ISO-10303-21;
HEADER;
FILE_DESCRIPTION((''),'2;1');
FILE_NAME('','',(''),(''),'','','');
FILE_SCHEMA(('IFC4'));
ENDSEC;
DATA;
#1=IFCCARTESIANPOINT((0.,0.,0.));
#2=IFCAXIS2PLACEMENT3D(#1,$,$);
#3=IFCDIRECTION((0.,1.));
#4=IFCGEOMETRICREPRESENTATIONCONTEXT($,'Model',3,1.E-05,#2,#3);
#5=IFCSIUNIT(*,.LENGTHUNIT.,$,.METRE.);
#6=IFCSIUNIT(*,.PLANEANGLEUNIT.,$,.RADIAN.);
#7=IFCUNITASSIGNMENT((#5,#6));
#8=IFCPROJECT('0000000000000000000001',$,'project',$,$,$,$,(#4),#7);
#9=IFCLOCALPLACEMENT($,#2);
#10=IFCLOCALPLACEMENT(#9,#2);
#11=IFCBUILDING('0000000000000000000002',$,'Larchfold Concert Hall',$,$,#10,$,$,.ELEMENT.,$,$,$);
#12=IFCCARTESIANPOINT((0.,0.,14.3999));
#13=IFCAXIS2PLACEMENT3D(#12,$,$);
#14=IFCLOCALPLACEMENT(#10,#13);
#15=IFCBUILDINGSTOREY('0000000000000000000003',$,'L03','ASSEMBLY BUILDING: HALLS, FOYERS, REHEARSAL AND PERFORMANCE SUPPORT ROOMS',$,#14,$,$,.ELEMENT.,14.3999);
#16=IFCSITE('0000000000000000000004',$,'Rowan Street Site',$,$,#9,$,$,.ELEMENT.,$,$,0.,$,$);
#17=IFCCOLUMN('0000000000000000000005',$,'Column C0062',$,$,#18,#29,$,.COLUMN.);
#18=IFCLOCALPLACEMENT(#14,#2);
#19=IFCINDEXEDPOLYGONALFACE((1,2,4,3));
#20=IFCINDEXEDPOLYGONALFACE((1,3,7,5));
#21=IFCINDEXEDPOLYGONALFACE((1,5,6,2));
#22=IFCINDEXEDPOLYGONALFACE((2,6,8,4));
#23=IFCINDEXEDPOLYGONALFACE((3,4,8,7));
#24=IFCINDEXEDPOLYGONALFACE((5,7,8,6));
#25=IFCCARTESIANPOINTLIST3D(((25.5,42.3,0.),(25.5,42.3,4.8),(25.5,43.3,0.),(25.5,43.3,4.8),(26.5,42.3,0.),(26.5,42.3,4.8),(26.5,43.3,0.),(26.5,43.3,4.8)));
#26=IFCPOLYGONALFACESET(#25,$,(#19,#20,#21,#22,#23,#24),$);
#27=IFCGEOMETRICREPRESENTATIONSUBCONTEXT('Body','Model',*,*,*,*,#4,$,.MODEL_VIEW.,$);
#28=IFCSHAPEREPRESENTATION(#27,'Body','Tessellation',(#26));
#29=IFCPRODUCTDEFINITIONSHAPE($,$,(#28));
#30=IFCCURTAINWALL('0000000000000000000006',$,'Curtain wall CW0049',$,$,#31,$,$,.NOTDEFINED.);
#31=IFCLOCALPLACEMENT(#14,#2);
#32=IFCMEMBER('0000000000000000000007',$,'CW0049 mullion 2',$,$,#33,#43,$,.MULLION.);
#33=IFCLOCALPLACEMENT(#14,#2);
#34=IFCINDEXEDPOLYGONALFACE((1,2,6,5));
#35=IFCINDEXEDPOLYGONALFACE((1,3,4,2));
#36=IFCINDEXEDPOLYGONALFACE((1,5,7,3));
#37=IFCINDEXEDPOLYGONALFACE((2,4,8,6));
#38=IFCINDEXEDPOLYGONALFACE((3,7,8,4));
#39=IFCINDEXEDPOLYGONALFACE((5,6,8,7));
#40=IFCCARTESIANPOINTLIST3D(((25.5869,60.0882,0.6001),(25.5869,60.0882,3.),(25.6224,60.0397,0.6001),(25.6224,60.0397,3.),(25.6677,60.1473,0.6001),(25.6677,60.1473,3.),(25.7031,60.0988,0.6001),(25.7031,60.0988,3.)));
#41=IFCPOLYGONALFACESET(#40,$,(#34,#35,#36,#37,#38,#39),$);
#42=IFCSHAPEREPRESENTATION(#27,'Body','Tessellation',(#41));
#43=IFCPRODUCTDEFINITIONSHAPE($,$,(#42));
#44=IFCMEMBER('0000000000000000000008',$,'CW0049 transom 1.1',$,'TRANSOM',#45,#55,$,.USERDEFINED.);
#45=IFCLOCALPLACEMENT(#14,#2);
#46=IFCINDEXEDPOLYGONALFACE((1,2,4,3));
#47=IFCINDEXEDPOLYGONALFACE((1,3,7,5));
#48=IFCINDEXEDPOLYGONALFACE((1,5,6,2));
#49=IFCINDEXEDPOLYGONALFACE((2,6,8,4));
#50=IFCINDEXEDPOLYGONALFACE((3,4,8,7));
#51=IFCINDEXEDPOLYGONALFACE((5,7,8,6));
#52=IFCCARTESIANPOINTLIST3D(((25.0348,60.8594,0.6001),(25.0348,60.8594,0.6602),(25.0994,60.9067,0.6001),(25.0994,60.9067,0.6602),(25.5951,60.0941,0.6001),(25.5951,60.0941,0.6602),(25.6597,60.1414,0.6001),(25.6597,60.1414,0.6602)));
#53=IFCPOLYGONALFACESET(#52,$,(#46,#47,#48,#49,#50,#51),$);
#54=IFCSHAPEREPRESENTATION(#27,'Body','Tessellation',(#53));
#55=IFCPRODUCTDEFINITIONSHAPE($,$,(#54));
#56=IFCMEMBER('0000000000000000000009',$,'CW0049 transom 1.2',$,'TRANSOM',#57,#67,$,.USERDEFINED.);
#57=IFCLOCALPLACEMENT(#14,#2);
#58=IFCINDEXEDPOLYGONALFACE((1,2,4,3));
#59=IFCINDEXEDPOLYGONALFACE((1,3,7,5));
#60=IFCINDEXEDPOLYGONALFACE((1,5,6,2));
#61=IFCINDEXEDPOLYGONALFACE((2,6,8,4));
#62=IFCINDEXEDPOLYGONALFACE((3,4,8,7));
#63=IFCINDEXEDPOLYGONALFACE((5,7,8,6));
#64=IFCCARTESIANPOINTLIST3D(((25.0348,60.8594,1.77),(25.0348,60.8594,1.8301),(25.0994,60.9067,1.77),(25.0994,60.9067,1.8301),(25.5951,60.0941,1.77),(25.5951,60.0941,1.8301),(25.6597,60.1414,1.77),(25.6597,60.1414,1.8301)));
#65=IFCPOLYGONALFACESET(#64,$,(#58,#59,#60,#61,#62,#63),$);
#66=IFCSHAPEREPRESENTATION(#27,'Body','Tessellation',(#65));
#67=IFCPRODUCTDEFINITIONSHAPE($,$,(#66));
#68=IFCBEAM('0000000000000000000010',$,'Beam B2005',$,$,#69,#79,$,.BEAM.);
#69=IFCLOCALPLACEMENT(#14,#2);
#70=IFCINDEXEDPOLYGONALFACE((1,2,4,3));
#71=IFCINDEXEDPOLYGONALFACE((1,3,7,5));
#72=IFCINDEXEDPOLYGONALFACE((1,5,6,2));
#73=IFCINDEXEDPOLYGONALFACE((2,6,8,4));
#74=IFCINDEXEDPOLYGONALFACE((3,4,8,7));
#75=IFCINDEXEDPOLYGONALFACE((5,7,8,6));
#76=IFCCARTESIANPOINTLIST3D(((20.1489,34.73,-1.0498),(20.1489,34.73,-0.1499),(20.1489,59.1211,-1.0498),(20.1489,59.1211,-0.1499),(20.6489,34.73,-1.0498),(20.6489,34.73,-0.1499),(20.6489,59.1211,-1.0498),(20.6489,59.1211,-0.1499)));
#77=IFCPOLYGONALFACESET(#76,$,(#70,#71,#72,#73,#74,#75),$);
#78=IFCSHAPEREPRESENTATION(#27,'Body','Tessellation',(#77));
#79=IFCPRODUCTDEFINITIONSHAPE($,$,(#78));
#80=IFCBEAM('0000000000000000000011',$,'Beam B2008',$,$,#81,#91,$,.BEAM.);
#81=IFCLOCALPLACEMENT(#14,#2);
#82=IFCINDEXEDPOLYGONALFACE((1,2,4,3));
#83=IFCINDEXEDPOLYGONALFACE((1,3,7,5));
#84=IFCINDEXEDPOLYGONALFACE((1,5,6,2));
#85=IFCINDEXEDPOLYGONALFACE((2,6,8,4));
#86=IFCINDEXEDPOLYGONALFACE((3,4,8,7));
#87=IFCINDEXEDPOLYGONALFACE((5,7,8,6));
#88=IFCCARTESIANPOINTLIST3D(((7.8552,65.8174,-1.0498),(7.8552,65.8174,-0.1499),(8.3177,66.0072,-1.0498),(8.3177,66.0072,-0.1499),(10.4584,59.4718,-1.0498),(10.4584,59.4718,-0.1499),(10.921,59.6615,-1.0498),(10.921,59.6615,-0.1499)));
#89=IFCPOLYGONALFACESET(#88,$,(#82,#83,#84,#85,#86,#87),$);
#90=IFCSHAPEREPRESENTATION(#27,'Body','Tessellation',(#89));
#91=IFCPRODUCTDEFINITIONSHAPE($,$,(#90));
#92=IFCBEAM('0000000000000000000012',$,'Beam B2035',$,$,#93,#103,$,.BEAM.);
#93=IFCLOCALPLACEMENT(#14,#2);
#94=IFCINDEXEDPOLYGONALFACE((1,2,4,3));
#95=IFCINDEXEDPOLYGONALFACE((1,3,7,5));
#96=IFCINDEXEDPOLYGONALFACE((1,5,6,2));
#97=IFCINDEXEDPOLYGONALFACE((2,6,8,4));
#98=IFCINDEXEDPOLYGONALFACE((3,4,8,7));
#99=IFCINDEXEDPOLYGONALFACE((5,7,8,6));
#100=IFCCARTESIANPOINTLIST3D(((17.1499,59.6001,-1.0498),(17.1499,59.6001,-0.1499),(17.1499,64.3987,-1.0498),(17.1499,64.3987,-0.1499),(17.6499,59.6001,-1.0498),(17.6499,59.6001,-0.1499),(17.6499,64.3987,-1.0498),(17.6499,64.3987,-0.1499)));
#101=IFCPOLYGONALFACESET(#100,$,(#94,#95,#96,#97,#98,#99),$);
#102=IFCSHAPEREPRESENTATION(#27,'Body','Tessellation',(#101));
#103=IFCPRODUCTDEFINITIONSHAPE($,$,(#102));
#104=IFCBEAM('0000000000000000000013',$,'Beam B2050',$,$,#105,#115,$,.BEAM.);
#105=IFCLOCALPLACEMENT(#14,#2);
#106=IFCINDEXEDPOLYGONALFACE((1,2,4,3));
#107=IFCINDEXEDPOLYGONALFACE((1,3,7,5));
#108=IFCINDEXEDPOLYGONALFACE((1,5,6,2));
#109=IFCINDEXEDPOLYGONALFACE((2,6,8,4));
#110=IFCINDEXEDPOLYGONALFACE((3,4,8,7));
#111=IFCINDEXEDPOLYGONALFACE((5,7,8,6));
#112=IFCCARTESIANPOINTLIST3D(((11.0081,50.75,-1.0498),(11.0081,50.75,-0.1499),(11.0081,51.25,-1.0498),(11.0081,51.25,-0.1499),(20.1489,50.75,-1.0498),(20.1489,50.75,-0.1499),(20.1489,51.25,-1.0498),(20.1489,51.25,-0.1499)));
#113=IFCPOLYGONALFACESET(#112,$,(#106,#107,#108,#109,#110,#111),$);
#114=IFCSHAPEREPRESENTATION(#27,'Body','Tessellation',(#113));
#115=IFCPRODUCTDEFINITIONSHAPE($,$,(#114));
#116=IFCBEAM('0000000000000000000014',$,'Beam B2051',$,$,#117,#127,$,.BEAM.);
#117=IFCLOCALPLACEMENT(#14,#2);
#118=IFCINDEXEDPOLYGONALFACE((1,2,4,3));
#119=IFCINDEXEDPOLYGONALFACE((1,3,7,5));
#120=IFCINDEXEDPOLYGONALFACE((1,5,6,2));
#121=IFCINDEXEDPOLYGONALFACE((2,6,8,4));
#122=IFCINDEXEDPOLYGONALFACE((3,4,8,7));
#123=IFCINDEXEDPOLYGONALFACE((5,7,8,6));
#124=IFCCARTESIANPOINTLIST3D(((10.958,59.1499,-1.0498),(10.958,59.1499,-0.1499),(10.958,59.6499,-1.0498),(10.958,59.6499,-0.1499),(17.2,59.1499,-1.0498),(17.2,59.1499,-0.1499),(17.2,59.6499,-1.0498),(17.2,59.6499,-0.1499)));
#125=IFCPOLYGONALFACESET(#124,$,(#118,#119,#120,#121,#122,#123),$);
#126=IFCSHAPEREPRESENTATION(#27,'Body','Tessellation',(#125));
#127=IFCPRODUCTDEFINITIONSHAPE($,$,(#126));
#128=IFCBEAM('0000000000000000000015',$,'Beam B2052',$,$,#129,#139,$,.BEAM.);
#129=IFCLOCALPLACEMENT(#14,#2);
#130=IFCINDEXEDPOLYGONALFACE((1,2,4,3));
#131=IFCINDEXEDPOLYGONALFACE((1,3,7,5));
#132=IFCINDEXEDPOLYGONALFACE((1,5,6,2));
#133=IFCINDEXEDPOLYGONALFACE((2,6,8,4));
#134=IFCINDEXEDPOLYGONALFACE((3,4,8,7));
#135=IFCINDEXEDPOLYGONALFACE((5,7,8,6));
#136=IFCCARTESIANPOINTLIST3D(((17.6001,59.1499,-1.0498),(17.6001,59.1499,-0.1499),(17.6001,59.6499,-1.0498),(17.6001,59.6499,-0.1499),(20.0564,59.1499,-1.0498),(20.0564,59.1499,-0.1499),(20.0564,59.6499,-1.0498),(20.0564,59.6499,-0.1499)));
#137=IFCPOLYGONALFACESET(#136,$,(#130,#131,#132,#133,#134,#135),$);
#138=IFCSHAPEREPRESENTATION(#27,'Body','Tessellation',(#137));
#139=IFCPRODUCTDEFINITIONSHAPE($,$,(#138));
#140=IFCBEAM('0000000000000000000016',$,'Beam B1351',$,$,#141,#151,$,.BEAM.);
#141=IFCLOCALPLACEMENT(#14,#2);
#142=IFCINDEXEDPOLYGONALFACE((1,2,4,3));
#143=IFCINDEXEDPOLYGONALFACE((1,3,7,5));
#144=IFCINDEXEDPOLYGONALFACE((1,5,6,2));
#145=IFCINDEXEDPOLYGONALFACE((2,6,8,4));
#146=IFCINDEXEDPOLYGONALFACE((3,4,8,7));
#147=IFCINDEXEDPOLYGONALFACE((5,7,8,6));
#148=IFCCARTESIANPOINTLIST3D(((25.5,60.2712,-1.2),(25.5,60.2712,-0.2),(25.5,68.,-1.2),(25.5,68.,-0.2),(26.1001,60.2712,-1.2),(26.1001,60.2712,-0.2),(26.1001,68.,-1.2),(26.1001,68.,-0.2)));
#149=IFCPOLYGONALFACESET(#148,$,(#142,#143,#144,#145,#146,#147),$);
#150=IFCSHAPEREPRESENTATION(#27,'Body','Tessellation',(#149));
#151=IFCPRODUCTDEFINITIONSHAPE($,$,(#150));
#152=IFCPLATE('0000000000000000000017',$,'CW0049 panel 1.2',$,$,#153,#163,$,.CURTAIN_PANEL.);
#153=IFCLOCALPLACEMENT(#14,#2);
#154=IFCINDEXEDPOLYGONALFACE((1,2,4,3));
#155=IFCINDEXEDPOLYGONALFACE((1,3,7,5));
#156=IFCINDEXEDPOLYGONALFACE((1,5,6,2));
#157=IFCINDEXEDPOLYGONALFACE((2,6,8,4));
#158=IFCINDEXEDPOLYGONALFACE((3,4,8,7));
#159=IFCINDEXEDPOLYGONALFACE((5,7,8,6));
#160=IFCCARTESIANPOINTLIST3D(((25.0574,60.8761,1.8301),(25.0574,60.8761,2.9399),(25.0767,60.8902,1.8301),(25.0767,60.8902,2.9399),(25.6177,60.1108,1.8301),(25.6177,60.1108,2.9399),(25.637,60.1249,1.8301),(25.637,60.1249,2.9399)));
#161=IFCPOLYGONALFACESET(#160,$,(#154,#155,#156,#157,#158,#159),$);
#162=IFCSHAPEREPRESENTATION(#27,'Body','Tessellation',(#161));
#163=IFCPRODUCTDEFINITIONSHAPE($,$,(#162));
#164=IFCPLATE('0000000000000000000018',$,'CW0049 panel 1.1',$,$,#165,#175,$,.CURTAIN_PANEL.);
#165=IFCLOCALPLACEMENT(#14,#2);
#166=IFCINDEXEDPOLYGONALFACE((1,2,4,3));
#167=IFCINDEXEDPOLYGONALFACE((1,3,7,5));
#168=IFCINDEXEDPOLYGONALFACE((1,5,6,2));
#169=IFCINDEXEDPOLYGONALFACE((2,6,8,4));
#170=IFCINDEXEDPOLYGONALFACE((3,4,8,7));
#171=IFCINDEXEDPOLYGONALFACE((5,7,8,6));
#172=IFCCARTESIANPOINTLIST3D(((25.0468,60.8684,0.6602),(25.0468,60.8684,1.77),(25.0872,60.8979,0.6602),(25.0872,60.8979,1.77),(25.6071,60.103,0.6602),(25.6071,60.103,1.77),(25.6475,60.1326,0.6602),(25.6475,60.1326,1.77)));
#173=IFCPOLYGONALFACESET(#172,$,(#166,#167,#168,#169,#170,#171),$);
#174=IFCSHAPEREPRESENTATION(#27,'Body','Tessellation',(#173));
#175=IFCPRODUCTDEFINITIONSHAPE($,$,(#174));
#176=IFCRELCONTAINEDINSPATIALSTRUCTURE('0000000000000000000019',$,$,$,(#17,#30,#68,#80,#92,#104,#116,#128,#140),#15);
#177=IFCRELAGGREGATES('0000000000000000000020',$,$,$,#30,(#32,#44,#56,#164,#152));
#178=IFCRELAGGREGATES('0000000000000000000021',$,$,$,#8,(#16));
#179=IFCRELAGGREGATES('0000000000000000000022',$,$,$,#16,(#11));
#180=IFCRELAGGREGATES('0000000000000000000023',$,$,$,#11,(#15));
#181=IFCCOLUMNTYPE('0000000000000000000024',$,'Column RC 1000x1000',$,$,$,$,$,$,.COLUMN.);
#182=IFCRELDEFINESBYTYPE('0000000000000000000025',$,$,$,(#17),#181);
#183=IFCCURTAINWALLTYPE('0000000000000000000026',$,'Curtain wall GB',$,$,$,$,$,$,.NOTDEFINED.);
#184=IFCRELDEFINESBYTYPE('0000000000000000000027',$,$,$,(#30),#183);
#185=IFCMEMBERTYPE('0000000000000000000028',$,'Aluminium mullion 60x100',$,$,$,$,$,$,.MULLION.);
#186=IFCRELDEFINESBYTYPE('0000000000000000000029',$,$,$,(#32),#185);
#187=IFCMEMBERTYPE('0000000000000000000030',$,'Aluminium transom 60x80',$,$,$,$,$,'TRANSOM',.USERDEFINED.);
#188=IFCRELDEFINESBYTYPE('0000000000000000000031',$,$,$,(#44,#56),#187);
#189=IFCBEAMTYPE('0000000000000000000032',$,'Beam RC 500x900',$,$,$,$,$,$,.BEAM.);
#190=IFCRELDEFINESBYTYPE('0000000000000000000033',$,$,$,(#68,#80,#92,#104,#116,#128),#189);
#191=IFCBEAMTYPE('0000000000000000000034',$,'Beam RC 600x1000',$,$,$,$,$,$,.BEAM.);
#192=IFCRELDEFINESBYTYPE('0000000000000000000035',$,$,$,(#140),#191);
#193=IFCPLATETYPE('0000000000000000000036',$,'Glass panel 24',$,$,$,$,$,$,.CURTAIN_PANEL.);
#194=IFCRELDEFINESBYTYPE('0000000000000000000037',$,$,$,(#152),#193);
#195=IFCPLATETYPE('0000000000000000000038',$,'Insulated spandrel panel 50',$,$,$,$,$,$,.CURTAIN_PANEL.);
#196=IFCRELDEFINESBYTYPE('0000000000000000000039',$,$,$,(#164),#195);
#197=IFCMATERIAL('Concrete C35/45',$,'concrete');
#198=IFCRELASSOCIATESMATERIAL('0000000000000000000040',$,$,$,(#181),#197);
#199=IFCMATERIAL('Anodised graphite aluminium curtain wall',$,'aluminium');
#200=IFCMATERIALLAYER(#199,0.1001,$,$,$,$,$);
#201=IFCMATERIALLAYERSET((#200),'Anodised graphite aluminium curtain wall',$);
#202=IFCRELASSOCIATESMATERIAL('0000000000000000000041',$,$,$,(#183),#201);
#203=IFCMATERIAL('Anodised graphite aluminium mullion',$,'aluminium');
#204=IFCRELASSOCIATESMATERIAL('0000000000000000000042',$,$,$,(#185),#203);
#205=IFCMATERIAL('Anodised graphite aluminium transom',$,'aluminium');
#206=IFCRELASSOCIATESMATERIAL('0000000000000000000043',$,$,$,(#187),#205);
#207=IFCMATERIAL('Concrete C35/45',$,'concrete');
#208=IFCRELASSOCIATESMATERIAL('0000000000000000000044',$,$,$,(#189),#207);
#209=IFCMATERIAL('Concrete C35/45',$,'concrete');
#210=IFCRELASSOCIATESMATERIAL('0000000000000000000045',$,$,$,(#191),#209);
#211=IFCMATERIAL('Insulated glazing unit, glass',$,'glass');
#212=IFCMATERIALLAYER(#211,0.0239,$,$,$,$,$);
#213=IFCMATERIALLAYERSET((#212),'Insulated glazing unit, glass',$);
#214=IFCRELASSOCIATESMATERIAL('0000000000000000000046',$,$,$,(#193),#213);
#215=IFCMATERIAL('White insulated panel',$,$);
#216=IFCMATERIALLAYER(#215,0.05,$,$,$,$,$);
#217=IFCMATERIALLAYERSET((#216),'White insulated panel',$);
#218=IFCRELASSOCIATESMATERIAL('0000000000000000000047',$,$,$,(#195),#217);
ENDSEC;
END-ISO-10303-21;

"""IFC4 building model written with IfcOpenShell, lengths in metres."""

from ifc_helpers import new_model, si_unit, direction, frame, origin, origin_2d, place, context, subcontext, project, spatial, rectangle, extrude, material, layer, layer_set, material_profile, profile_set, type_object, element, aggregate, save


model = new_model("IFC4")

# Units and contexts
model_context = context("Model", 3, precision=1e-05, world=origin(), true_north=direction((0.0, 1.0)))
body_context = subcontext(model_context, "Body", "Model", "MODEL_VIEW")
ifc_project = project(units=[si_unit("LENGTHUNIT", "METRE"), si_unit("PLANEANGLEUNIT", "RADIAN")], contexts=[model_context])

# Site, building, storey
site_placement = place(None, origin())
site = spatial("IfcSite", under=ifc_project, at=site_placement, Name="Rowan Street Site", CompositionType="ELEMENT", RefElevation=0.0)
building_placement = place(site_placement, origin())
building = spatial("IfcBuilding", under=site, at=building_placement, Name="Larchfold Concert Hall", CompositionType="ELEMENT")
storey_placement = place(building_placement, frame((0.0, 0.0, 14.3999)))
storey = spatial("IfcBuildingStorey", under=building, at=storey_placement, Name="L03", Description="ASSEMBLY BUILDING: HALLS, FOYERS, REHEARSAL AND PERFORMANCE SUPPORT ROOMS", CompositionType="ELEMENT", Elevation=14.3999)

# Column
ifc_material_1 = material(Name="Concrete C35/45", Category="concrete")
ifc_material_profile_1 = material_profile(ifc_material_1, rectangle(XDim=1.0, YDim=1.0, at=origin_2d()))
ifc_profile_set_1 = profile_set([ifc_material_profile_1], Name="Concrete C35/45")
column_type = type_object("IfcColumnType", Name="Column RC 1000x1000", PredefinedType="COLUMN", material=ifc_profile_set_1)
column_placement = place(storey_placement, frame((26.0, 42.8, 0.0), z_axis=(0.0, 0.0, 1.0), x_axis=(1.0, 0.0, 0.0)))
element("IfcColumn", 1, at=column_placement, inside=storey, type_object=column_type, Name="Column C0062", PredefinedType="COLUMN", context=body_context, shape_type="SweptSolid", body=[
    extrude(rectangle(XDim=1.0, YDim=1.0, at=origin_2d()), origin(), (0.0, 0.0, 1.0), 4.8),
])

# Curtain wall, members
ifc_material_2 = material(Name="Anodised graphite aluminium curtain wall", Category="aluminium")
ifc_layer_1 = layer(ifc_material_2, 0.1001)
ifc_layer_set_1 = layer_set([ifc_layer_1], Name="Anodised graphite aluminium curtain wall")
curtain_wall_type = type_object("IfcCurtainWallType", Name="Curtain wall GB", PredefinedType="NOTDEFINED", material=ifc_layer_set_1)
curtain_wall_placement = place(storey_placement, origin())
curtain_wall = element("IfcCurtainWall", 2, at=curtain_wall_placement, inside=storey, type_object=curtain_wall_type, Name="Curtain wall CW0049", PredefinedType="NOTDEFINED")
ifc_material_3 = material(Name="Anodised graphite aluminium mullion", Category="aluminium")
ifc_material_profile_2 = material_profile(ifc_material_3, rectangle(XDim=0.1001, YDim=0.0601, at=origin_2d()))
ifc_profile_set_2 = profile_set([ifc_material_profile_2], Name="Anodised graphite aluminium mullion")
member_type_1 = type_object("IfcMemberType", Name="Aluminium mullion 60x100", PredefinedType="MULLION", material=ifc_profile_set_2)
member_1_placement = place(storey_placement, frame((25.645, 60.0935, 0.6001), z_axis=(0.0, 0.0, 1.0), x_axis=(0.806884, 0.59071, 0.0)))
member_1 = element("IfcMember", 3, at=member_1_placement, type_object=member_type_1, Name="CW0049 mullion 2", PredefinedType="MULLION", context=body_context, shape_type="SweptSolid", body=[
    extrude(rectangle(XDim=0.1001, YDim=0.0601, at=origin_2d()), origin(), (0.0, 0.0, 1.0), 2.3999),
])
ifc_material_4 = material(Name="Anodised graphite aluminium transom", Category="aluminium")
ifc_material_profile_3 = material_profile(ifc_material_4, rectangle(XDim=0.0801, YDim=0.0601, at=origin_2d()))
ifc_profile_set_3 = profile_set([ifc_material_profile_3], Name="Anodised graphite aluminium transom")
member_type_2 = type_object("IfcMemberType", Name="Aluminium transom 60x80", ElementType="TRANSOM", PredefinedType="USERDEFINED", material=ifc_profile_set_3)
member_2_placement = place(storey_placement, frame((25.0671, 60.8831, 0.6301), z_axis=(0.590694, -0.806896, 0.0), x_axis=(0.806896, 0.590694, 0.0)))
member_2 = element("IfcMember", 4, at=member_2_placement, type_object=member_type_2, Name="CW0049 transom 1.1", ObjectType="TRANSOM", PredefinedType="USERDEFINED", context=body_context, shape_type="SweptSolid", body=[
    extrude(rectangle(XDim=0.0801, YDim=0.0601, at=origin_2d()), origin(), (0.0, 0.0, 1.0), 0.9485),
])
member_3_placement = place(storey_placement, frame((25.0671, 60.8831, 1.8), z_axis=(0.590694, -0.806896, 0.0), x_axis=(0.806896, 0.590694, 0.0)))
member_3 = element("IfcMember", 5, at=member_3_placement, type_object=member_type_2, Name="CW0049 transom 1.2", ObjectType="TRANSOM", PredefinedType="USERDEFINED", context=body_context, shape_type="SweptSolid", body=[
    extrude(rectangle(XDim=0.0801, YDim=0.0601, at=origin_2d()), origin(), (0.0, 0.0, 1.0), 0.9485),
])

# Beams
ifc_material_5 = material(Name="Concrete C35/45", Category="concrete")
ifc_material_profile_4 = material_profile(ifc_material_5, rectangle(XDim=0.5, YDim=0.8999, at=origin_2d()))
ifc_profile_set_4 = profile_set([ifc_material_profile_4], Name="Concrete C35/45")
beam_type_1 = type_object("IfcBeamType", Name="Beam RC 500x900", PredefinedType="BEAM", material=ifc_profile_set_4)
beam_1_placement = place(storey_placement, frame((20.3989, 59.1211, -0.5999), z_axis=(0.0, -1.0, 0.0), x_axis=(1.0, 0.0, 0.0)))
element("IfcBeam", 6, at=beam_1_placement, inside=storey, type_object=beam_type_1, Name="Beam B2005", PredefinedType="BEAM", context=body_context, shape_type="SweptSolid", body=[
    extrude(rectangle(XDim=0.5, YDim=0.8999, at=origin_2d()), origin(), (0.0, 0.0, 1.0), 24.3911),
])
beam_2_placement = place(storey_placement, frame((10.6897, 59.5667, -0.5999), z_axis=(-0.379545, 0.925173, 0.0), x_axis=(-0.925173, -0.379545, 0.0)))
element("IfcBeam", 7, at=beam_2_placement, inside=storey, type_object=beam_type_1, Name="Beam B2008", PredefinedType="BEAM", context=body_context, shape_type="SweptSolid", body=[
    extrude(rectangle(XDim=0.5, YDim=0.8999, at=origin_2d()), origin(), (0.0, 0.0, 1.0), 6.8589),
])
beam_3_placement = place(storey_placement, frame((17.3999, 59.6001, -0.5999), z_axis=(0.0, 1.0, 0.0), x_axis=(-1.0, 0.0, 0.0)))
element("IfcBeam", 8, at=beam_3_placement, inside=storey, type_object=beam_type_1, Name="Beam B2035", PredefinedType="BEAM", context=body_context, shape_type="SweptSolid", body=[
    extrude(rectangle(XDim=0.5, YDim=0.8999, at=origin_2d()), origin(), (0.0, 0.0, 1.0), 4.7986),
])
beam_4_placement = place(storey_placement, frame((11.0081, 51.0, -0.5999), z_axis=(1.0, 0.0, 0.0), x_axis=(0.0, 1.0, 0.0)))
element("IfcBeam", 9, at=beam_4_placement, inside=storey, type_object=beam_type_1, Name="Beam B2050", PredefinedType="BEAM", context=body_context, shape_type="SweptSolid", body=[
    extrude(rectangle(XDim=0.5, YDim=0.8999, at=origin_2d()), origin(), (0.0, 0.0, 1.0), 9.1409),
])
beam_5_placement = place(storey_placement, frame((10.958, 59.3999, -0.5999), z_axis=(1.0, 0.0, 0.0), x_axis=(0.0, 1.0, 0.0)))
element("IfcBeam", 10, at=beam_5_placement, inside=storey, type_object=beam_type_1, Name="Beam B2051", PredefinedType="BEAM", context=body_context, shape_type="SweptSolid", body=[
    extrude(rectangle(XDim=0.5, YDim=0.8999, at=origin_2d()), origin(), (0.0, 0.0, 1.0), 6.2419),
])
beam_6_placement = place(storey_placement, frame((17.6001, 59.3999, -0.5999), z_axis=(1.0, 0.0, 0.0), x_axis=(0.0, 1.0, 0.0)))
element("IfcBeam", 11, at=beam_6_placement, inside=storey, type_object=beam_type_1, Name="Beam B2052", PredefinedType="BEAM", context=body_context, shape_type="SweptSolid", body=[
    extrude(rectangle(XDim=0.5, YDim=0.8999, at=origin_2d()), origin(), (0.0, 0.0, 1.0), 2.4563),
])
ifc_material_6 = material(Name="Concrete C35/45", Category="concrete")
ifc_material_profile_5 = material_profile(ifc_material_6, rectangle(XDim=0.6001, YDim=1.0, at=origin_2d()))
ifc_profile_set_5 = profile_set([ifc_material_profile_5], Name="Concrete C35/45")
beam_type_2 = type_object("IfcBeamType", Name="Beam RC 600x1000", PredefinedType="BEAM", material=ifc_profile_set_5)
beam_7_placement = place(storey_placement, frame((25.8, 60.2712, -0.7), z_axis=(0.0, 1.0, 0.0), x_axis=(-1.0, 0.0, 0.0)))
element("IfcBeam", 12, at=beam_7_placement, inside=storey, type_object=beam_type_2, Name="Beam B1351", PredefinedType="BEAM", context=body_context, shape_type="SweptSolid", body=[
    extrude(rectangle(XDim=0.6001, YDim=1.0, at=origin_2d()), origin(), (0.0, 0.0, 1.0), 7.7288),
])

# Plates
ifc_material_7 = material(Name="Insulated glazing unit, glass", Category="glass")
ifc_layer_2 = layer(ifc_material_7, 0.0239)
ifc_layer_set_2 = layer_set([ifc_layer_2], Name="Insulated glazing unit, glass")
plate_type_1 = type_object("IfcPlateType", Name="Glass panel 24", PredefinedType="CURTAIN_PANEL", material=ifc_layer_set_2)
plate_1_placement = place(storey_placement, frame((25.3472, 60.5005, 1.8301), z_axis=(0.0, 0.0, 1.0), x_axis=(0.59071, -0.806884, 0.0)))
plate_1 = element("IfcPlate", 13, at=plate_1_placement, type_object=plate_type_1, Name="CW0049 panel 1.2", PredefinedType="CURTAIN_PANEL", context=body_context, shape_type="SweptSolid", body=[
    extrude(rectangle(XDim=0.9485, YDim=0.0239, at=origin_2d()), origin(), (0.0, 0.0, 1.0), 1.1099),
])
ifc_material_8 = material(Name="White insulated panel")
ifc_layer_3 = layer(ifc_material_8, 0.05)
ifc_layer_set_3 = layer_set([ifc_layer_3], Name="White insulated panel")
plate_type_2 = type_object("IfcPlateType", Name="Insulated spandrel panel 50", PredefinedType="CURTAIN_PANEL", material=ifc_layer_set_3)
plate_2_placement = place(storey_placement, frame((25.3472, 60.5005, 0.6602), z_axis=(0.0, 0.0, 1.0), x_axis=(0.59071, -0.806884, 0.0)))
plate_2 = element("IfcPlate", 14, at=plate_2_placement, type_object=plate_type_2, Name="CW0049 panel 1.1", PredefinedType="CURTAIN_PANEL", context=body_context, shape_type="SweptSolid", body=[
    extrude(rectangle(XDim=0.9485, YDim=0.05, at=origin_2d()), origin(), (0.0, 0.0, 1.0), 1.1099),
])
aggregate(curtain_wall, [member_1, member_2, member_3, plate_2, plate_1])

save(model, "model.ifc")
